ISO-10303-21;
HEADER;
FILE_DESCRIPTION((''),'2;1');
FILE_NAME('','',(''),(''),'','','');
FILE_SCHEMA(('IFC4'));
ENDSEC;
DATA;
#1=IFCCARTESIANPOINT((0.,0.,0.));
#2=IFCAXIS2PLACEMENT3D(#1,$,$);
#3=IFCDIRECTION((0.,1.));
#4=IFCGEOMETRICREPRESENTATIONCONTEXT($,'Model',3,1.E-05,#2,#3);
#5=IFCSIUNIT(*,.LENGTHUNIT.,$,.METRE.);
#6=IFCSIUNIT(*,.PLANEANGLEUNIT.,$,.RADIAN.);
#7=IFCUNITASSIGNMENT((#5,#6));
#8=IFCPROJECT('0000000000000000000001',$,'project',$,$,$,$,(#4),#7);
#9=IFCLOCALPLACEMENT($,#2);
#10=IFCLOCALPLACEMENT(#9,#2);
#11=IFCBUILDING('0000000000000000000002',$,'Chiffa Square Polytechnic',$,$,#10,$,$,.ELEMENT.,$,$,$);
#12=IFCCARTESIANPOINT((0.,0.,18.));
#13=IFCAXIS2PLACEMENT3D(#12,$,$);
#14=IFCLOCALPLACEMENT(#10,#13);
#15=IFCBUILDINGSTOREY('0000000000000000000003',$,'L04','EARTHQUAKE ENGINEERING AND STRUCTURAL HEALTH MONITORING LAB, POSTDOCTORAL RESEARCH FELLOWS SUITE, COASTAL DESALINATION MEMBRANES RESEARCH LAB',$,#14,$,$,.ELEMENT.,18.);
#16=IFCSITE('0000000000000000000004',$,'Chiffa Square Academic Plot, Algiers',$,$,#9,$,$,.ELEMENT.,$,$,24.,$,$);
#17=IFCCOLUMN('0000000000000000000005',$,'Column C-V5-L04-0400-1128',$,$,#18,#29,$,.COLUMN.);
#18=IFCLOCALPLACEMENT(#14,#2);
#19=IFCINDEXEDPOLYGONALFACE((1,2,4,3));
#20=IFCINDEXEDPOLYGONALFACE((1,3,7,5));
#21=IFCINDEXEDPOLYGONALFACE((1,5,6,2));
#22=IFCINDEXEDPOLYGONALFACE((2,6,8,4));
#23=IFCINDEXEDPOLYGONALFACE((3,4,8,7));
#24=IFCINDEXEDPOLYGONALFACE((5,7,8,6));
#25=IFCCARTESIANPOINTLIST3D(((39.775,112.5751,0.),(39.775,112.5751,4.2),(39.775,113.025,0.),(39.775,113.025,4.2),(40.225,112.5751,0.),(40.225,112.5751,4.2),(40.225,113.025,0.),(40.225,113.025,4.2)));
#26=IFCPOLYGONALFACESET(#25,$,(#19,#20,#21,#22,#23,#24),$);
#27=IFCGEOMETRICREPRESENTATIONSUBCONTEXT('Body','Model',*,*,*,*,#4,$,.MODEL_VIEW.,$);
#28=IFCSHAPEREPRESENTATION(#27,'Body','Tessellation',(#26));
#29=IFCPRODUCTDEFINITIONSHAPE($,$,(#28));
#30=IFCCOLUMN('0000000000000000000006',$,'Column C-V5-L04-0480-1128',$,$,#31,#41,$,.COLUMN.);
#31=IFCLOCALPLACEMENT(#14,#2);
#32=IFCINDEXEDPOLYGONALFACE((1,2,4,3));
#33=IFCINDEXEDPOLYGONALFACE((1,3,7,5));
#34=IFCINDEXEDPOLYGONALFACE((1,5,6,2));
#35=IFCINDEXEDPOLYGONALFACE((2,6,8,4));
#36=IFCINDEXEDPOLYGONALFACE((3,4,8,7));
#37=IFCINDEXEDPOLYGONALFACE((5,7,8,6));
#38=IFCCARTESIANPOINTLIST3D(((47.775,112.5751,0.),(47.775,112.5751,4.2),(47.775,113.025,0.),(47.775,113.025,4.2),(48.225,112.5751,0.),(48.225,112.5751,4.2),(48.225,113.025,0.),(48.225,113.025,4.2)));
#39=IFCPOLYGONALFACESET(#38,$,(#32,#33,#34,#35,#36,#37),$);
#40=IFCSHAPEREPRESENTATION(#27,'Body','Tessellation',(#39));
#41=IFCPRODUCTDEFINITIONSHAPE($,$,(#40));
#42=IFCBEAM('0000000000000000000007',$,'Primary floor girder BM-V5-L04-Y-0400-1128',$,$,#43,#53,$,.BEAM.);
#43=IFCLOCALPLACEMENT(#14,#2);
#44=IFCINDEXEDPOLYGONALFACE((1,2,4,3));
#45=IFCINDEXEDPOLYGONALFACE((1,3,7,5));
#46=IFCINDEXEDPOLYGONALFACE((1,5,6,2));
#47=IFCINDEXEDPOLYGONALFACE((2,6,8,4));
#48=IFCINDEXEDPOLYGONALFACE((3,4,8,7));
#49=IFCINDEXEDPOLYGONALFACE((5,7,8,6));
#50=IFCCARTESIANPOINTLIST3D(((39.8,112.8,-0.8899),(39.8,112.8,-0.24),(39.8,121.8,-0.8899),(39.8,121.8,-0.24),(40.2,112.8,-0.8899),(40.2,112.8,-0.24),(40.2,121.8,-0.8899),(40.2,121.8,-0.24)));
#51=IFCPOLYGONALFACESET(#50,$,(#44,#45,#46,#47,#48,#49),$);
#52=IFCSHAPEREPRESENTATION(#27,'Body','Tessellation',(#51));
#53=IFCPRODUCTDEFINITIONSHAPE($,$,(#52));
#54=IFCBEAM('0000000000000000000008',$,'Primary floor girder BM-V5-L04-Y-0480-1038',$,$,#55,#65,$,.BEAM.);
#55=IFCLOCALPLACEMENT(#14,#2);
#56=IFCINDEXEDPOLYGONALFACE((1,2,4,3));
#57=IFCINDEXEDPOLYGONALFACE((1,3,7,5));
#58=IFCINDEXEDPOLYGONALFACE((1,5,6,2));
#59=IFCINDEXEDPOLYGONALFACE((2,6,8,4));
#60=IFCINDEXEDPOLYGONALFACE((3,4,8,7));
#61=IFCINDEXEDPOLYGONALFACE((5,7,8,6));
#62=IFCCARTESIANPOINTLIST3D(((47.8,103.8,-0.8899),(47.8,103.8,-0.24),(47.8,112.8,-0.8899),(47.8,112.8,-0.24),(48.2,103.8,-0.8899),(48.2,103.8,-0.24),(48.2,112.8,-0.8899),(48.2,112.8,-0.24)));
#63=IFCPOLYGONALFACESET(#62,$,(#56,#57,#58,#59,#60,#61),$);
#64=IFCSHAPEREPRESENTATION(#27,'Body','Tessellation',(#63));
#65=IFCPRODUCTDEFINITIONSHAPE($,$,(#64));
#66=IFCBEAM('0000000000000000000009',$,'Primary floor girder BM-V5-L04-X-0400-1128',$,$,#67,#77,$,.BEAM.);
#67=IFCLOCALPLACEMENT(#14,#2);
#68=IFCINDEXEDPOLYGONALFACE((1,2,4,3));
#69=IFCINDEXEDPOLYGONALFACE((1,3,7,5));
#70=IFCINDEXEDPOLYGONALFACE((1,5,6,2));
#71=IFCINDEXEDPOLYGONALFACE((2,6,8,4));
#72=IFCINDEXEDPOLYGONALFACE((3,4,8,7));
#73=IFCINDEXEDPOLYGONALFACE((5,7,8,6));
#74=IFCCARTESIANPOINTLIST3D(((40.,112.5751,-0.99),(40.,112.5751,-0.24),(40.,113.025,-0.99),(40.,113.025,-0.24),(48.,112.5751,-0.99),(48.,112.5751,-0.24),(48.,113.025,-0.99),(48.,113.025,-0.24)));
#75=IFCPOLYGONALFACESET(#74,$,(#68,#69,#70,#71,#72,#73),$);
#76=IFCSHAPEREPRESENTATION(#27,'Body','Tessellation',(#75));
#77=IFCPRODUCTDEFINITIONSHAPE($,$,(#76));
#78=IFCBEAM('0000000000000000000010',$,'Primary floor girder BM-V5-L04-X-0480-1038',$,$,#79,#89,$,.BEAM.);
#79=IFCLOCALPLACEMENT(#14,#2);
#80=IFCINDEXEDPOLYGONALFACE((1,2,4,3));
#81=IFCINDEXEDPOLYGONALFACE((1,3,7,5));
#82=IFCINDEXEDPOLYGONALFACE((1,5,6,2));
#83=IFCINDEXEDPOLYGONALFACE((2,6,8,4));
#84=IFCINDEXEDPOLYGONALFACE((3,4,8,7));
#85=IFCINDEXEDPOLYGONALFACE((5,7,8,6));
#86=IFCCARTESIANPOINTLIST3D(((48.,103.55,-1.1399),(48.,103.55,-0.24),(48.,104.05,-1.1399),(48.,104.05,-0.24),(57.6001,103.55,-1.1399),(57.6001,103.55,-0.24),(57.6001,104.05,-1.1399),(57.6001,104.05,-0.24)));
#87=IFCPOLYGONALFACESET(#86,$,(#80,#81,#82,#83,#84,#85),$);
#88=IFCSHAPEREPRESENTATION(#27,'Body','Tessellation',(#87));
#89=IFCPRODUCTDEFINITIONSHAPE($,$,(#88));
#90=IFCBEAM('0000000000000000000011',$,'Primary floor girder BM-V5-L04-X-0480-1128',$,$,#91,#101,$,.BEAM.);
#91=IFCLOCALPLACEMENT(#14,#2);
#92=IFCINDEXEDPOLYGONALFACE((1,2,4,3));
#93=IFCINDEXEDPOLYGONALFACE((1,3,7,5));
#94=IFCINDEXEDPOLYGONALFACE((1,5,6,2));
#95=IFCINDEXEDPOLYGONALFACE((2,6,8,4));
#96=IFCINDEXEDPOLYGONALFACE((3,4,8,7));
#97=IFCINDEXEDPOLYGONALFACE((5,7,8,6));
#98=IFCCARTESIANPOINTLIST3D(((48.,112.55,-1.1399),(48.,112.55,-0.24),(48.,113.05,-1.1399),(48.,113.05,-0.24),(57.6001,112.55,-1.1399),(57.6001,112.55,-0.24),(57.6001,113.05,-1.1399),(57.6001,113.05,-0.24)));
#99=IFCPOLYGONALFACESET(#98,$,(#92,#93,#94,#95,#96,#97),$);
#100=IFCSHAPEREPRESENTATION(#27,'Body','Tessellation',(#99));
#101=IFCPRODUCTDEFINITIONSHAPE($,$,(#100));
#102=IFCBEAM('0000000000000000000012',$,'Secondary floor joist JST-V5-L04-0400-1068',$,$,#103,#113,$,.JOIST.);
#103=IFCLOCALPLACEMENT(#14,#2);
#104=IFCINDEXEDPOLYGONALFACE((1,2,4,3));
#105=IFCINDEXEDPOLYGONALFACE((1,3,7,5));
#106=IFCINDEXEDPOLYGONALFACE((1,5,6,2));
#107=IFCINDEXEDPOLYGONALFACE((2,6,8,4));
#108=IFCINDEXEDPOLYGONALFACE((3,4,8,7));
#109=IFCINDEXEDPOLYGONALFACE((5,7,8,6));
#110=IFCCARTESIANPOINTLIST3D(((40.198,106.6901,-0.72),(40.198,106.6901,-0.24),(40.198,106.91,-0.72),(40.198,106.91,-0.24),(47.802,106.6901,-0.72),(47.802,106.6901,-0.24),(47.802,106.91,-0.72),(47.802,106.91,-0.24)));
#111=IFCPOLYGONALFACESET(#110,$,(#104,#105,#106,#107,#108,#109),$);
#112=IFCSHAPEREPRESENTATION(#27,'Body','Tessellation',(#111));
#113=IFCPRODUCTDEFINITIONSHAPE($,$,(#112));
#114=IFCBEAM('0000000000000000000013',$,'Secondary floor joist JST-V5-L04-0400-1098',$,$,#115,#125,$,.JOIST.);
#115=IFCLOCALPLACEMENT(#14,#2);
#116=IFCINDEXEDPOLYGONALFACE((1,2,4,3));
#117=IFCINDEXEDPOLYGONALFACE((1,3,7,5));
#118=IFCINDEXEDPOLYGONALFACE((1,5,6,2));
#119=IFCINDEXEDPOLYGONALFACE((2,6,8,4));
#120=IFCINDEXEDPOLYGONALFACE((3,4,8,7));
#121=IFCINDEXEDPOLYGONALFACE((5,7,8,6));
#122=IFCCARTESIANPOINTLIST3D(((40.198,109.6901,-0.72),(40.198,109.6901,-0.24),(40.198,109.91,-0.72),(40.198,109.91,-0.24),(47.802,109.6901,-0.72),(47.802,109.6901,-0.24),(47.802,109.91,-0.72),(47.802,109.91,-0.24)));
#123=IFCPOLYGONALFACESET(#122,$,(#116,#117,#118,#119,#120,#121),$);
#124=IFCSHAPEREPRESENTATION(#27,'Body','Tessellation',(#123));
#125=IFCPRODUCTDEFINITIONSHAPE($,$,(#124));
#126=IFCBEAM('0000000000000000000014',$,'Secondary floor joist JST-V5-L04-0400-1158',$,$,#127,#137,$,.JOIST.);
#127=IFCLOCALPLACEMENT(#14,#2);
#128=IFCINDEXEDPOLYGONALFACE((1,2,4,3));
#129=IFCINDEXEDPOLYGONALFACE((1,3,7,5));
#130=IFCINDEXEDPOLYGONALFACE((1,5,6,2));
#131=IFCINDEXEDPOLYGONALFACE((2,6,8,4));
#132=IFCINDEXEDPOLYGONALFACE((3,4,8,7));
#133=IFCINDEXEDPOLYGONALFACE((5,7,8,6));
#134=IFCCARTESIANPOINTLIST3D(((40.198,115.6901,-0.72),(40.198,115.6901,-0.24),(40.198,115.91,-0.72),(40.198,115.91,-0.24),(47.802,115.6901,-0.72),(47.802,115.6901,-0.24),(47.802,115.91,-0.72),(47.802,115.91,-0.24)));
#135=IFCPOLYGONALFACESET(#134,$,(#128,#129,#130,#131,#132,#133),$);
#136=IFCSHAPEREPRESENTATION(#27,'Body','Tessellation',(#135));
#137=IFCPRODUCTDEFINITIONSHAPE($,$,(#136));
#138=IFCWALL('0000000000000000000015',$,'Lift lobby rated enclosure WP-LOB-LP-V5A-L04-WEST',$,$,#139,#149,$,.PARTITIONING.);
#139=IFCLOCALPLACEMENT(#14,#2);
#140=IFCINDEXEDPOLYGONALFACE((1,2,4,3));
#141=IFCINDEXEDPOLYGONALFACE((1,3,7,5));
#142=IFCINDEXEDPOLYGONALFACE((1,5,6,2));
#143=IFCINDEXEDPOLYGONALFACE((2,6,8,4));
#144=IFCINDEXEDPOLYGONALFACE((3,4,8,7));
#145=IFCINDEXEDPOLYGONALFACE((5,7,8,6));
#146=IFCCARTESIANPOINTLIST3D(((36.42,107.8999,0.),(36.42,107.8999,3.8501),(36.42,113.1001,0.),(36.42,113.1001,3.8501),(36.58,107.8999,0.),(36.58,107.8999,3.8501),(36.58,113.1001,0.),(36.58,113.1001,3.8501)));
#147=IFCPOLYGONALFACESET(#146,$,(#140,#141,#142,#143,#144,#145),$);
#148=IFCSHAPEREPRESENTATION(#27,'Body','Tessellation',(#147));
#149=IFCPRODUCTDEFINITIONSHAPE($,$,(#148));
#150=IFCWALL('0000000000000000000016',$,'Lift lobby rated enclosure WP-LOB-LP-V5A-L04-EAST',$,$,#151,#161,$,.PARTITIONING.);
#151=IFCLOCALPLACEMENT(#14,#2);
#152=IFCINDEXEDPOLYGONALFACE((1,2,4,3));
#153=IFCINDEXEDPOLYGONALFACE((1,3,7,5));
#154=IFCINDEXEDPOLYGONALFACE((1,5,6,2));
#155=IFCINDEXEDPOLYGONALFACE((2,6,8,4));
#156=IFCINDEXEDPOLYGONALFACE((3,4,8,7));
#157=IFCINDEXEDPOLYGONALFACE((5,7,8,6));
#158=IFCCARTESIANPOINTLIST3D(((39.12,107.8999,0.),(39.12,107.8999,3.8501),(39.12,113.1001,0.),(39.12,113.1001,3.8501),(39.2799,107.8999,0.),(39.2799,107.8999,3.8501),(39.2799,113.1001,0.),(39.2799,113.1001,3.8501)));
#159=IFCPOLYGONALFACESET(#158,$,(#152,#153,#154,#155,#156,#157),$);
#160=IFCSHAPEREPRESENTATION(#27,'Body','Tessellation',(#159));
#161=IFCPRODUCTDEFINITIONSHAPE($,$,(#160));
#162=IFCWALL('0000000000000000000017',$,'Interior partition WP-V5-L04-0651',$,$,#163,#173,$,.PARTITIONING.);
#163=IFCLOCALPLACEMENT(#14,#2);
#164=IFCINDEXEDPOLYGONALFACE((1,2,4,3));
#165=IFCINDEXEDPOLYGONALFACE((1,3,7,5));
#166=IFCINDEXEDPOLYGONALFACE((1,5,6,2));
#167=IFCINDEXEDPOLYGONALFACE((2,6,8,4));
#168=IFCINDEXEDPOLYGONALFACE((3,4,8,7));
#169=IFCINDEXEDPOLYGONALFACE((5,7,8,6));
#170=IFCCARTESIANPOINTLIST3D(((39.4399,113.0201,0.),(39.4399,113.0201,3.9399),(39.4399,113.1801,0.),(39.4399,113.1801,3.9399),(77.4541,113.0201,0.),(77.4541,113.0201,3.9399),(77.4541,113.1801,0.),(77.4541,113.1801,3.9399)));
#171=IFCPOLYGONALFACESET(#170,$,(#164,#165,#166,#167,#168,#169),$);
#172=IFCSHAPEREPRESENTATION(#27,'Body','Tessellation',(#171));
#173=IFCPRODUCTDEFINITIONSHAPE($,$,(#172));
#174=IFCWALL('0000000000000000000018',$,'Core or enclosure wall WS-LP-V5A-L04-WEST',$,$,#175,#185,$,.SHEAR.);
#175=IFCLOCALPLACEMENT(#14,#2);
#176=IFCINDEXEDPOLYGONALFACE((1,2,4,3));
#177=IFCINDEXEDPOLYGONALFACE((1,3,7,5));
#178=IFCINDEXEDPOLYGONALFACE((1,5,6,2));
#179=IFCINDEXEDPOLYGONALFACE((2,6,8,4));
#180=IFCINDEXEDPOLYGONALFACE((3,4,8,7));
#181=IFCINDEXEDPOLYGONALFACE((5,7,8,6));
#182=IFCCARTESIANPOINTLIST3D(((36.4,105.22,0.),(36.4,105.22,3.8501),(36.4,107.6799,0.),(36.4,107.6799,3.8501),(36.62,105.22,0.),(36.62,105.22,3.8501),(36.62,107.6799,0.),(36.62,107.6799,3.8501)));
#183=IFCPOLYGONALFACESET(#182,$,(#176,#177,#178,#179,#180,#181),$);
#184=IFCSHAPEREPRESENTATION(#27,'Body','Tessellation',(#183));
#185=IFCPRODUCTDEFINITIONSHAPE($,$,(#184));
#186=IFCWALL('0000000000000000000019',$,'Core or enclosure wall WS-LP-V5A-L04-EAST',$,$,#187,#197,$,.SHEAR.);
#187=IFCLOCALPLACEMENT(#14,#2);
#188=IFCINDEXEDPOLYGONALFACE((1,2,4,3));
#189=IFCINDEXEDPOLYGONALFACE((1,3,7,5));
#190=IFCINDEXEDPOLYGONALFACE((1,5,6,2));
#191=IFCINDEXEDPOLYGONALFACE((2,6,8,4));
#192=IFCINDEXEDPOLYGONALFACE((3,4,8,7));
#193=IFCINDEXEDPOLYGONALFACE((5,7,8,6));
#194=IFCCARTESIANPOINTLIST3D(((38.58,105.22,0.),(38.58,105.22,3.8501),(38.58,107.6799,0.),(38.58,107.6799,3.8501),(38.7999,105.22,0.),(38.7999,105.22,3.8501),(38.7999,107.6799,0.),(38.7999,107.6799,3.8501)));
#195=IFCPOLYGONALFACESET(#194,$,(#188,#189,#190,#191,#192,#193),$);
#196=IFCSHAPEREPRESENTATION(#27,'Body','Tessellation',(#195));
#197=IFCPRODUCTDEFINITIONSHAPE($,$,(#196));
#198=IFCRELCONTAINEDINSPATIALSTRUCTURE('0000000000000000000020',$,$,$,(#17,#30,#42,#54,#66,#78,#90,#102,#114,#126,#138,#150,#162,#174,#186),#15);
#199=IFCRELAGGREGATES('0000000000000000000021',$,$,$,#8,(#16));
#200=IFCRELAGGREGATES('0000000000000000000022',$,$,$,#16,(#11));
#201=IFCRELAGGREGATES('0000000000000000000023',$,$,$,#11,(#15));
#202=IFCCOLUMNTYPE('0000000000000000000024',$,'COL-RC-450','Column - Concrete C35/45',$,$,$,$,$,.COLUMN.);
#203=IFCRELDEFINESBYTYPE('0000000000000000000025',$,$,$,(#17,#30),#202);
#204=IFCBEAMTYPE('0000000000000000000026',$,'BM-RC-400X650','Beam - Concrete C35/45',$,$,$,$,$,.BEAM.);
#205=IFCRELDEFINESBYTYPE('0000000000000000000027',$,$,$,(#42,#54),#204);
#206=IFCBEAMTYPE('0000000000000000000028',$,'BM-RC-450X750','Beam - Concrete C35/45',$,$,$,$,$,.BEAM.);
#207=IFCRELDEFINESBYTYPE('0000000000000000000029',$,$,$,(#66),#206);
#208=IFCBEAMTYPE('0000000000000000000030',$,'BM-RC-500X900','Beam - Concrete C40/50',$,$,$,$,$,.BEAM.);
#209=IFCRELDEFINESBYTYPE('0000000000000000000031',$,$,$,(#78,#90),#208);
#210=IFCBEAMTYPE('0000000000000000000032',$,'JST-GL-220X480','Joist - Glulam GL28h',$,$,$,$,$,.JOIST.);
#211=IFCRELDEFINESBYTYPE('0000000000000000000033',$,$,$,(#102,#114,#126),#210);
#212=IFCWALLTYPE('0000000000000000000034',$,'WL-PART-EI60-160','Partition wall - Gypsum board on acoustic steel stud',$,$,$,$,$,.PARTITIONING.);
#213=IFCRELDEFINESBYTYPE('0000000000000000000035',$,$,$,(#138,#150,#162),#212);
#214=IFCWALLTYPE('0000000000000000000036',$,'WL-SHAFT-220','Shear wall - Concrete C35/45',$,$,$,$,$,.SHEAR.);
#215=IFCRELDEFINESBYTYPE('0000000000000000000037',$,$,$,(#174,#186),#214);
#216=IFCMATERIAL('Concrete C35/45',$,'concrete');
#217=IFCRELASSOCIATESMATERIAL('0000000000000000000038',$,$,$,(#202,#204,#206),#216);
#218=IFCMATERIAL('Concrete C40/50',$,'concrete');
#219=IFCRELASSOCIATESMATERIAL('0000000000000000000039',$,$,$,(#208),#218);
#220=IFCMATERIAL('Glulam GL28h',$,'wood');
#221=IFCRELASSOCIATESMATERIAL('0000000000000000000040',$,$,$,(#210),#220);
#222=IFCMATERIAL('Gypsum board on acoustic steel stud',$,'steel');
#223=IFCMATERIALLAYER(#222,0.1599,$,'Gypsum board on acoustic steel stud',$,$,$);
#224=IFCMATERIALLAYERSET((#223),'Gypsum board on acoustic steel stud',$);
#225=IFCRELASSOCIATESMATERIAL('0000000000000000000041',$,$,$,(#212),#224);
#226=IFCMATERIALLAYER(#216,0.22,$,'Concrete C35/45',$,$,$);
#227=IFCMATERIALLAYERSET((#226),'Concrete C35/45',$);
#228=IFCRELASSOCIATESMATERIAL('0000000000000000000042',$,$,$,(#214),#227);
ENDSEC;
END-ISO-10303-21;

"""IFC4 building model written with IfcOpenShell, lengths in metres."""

from ifc_helpers import new_model, si_unit, direction, frame, frame_2d, origin, origin_2d, place, context, subcontext, project, spatial, rectangle, extrude, material, layer, layer_set, material_profile, profile_set, type_object, element, save


model = new_model("IFC4")

# Units and contexts
model_context = context("Model", 3, precision=1e-05, world=origin(), true_north=direction((0.0, 1.0)))
body_context = subcontext(model_context, "Body", "Model", "MODEL_VIEW")
ifc_project = project(units=[si_unit("LENGTHUNIT", "METRE"), si_unit("PLANEANGLEUNIT", "RADIAN")], contexts=[model_context])

# Site, building, storey
site_placement = place(None, origin())
site = spatial("IfcSite", under=ifc_project, at=site_placement, Name="Chiffa Square Academic Plot, Algiers", CompositionType="ELEMENT", RefElevation=24.0)
building_placement = place(site_placement, origin())
building = spatial("IfcBuilding", under=site, at=building_placement, Name="Chiffa Square Polytechnic", CompositionType="ELEMENT")
storey_placement = place(building_placement, frame((0.0, 0.0, 18.0)))
storey = spatial("IfcBuildingStorey", under=building, at=storey_placement, Name="L04", Description="EARTHQUAKE ENGINEERING AND STRUCTURAL HEALTH MONITORING LAB, POSTDOCTORAL RESEARCH FELLOWS SUITE, COASTAL DESALINATION MEMBRANES RESEARCH LAB", CompositionType="ELEMENT", Elevation=18.0)

# Columns
ifc_material_1 = material(Name="Concrete C35/45", Category="concrete")
ifc_material_profile_1 = material_profile(ifc_material_1, rectangle(XDim=0.45, YDim=0.45, at=origin_2d()), Name="RC 450x450")
ifc_profile_set_1 = profile_set([ifc_material_profile_1], Name="Concrete C35/45")
column_type = type_object("IfcColumnType", Name="COL-RC-450", Description="Column - Concrete C35/45", PredefinedType="COLUMN", material=ifc_profile_set_1)
for number, where, z_axis, x_axis, name in (
    (1, (40.0, 112.8, 0.0), (0.0, 0.0, 1.0), (1.0, 0.0, 0.0), "Column C-V5-L04-0400-1128"),
    (2, (48.0, 112.8, 0.0), (0.0, 0.0, 1.0), (1.0, 0.0, 0.0), "Column C-V5-L04-0480-1128"),
):
    element("IfcColumn", number, at=place(storey_placement, frame(where, z_axis=z_axis, x_axis=x_axis)), inside=storey, type_object=column_type, Name=name, PredefinedType="COLUMN", context=body_context, shape_type="SweptSolid", body=[
        extrude(rectangle(XDim=0.45, YDim=0.45, at=origin_2d()), origin(), (0.0, 0.0, 1.0), 4.2),
    ])

# Beams
ifc_material_profile_2 = material_profile(ifc_material_1, rectangle(XDim=0.3999, YDim=0.6499, at=origin_2d()), Name="RC 400x650")
ifc_profile_set_2 = profile_set([ifc_material_profile_2], Name="Concrete C35/45")
beam_type_1 = type_object("IfcBeamType", Name="BM-RC-400X650", Description="Beam - Concrete C35/45", PredefinedType="BEAM", material=ifc_profile_set_2)
for number, where, z_axis, x_axis, name in (
    (3, (40.0, 112.8, -0.5649), (0.0, 1.0, 0.0), (-1.0, 0.0, 0.0), "Primary floor girder BM-V5-L04-Y-0400-1128"),
    (4, (48.0, 103.8, -0.5649), (0.0, 1.0, 0.0), (-1.0, 0.0, 0.0), "Primary floor girder BM-V5-L04-Y-0480-1038"),
):
    element("IfcBeam", number, at=place(storey_placement, frame(where, z_axis=z_axis, x_axis=x_axis)), inside=storey, type_object=beam_type_1, Name=name, PredefinedType="BEAM", context=body_context, shape_type="SweptSolid", body=[
        extrude(rectangle(XDim=0.3999, YDim=0.6499, at=origin_2d()), origin(), (0.0, 0.0, 1.0), 9.0),
    ])
ifc_material_profile_3 = material_profile(ifc_material_1, rectangle(XDim=0.45, YDim=0.75, at=origin_2d()), Name="RC 450x750")
ifc_profile_set_3 = profile_set([ifc_material_profile_3], Name="Concrete C35/45")
beam_type_2 = type_object("IfcBeamType", Name="BM-RC-450X750", Description="Beam - Concrete C35/45", PredefinedType="BEAM", material=ifc_profile_set_3)
beam_placement = place(storey_placement, frame((40.0, 112.8, -0.615), z_axis=(1.0, 0.0, 0.0), x_axis=(0.0, 1.0, 0.0)))
element("IfcBeam", 5, at=beam_placement, inside=storey, type_object=beam_type_2, Name="Primary floor girder BM-V5-L04-X-0400-1128", PredefinedType="BEAM", context=body_context, shape_type="SweptSolid", body=[
    extrude(rectangle(XDim=0.45, YDim=0.75, at=origin_2d()), origin(), (0.0, 0.0, 1.0), 8.0),
])
ifc_material_2 = material(Name="Concrete C40/50", Category="concrete")
ifc_material_profile_4 = material_profile(ifc_material_2, rectangle(XDim=0.5, YDim=0.8999, at=origin_2d()), Name="RC 500x900")
ifc_profile_set_4 = profile_set([ifc_material_profile_4], Name="Concrete C40/50")
beam_type_3 = type_object("IfcBeamType", Name="BM-RC-500X900", Description="Beam - Concrete C40/50", PredefinedType="BEAM", material=ifc_profile_set_4)
for number, where, z_axis, x_axis, name in (
    (6, (48.0, 103.8, -0.6899), (1.0, 0.0, 0.0), (0.0, 1.0, 0.0), "Primary floor girder BM-V5-L04-X-0480-1038"),
    (7, (48.0, 112.8, -0.6899), (1.0, 0.0, 0.0), (0.0, 1.0, 0.0), "Primary floor girder BM-V5-L04-X-0480-1128"),
):
    element("IfcBeam", number, at=place(storey_placement, frame(where, z_axis=z_axis, x_axis=x_axis)), inside=storey, type_object=beam_type_3, Name=name, PredefinedType="BEAM", context=body_context, shape_type="SweptSolid", body=[
        extrude(rectangle(XDim=0.5, YDim=0.8999, at=origin_2d()), origin(), (0.0, 0.0, 1.0), 9.6001),
    ])
ifc_material_3 = material(Name="Glulam GL28h", Category="wood")
ifc_material_profile_5 = material_profile(ifc_material_3, rectangle(XDim=0.22, YDim=0.48, at=origin_2d()), Name="GL28h 220x480")
ifc_profile_set_5 = profile_set([ifc_material_profile_5], Name="Glulam GL28h")
beam_type_4 = type_object("IfcBeamType", Name="JST-GL-220X480", Description="Joist - Glulam GL28h", PredefinedType="JOIST", material=ifc_profile_set_5)
for number, where, z_axis, x_axis, name in (
    (8, (40.198, 106.8, -0.48), (1.0, 0.0, 0.0), (0.0, 1.0, 0.0), "Secondary floor joist JST-V5-L04-0400-1068"),
    (9, (40.198, 109.8, -0.48), (1.0, 0.0, 0.0), (0.0, 1.0, 0.0), "Secondary floor joist JST-V5-L04-0400-1098"),
    (10, (40.198, 115.8, -0.48), (1.0, 0.0, 0.0), (0.0, 1.0, 0.0), "Secondary floor joist JST-V5-L04-0400-1158"),
):
    element("IfcBeam", number, at=place(storey_placement, frame(where, z_axis=z_axis, x_axis=x_axis)), inside=storey, type_object=beam_type_4, Name=name, PredefinedType="JOIST", context=body_context, shape_type="SweptSolid", body=[
        extrude(rectangle(XDim=0.22, YDim=0.48, at=origin_2d()), origin(), (0.0, 0.0, 1.0), 7.604),
    ])

# Shared definitions
ifc_material_4 = material(Name="Gypsum board on acoustic steel stud", Category="steel")
ifc_layer_1 = layer(ifc_material_4, 0.1599, Name="Gypsum board on acoustic steel stud")
ifc_layer_set_1 = layer_set([ifc_layer_1], Name="Gypsum board on acoustic steel stud")
wall_type_1 = type_object("IfcWallType", Name="WL-PART-EI60-160", Description="Partition wall - Gypsum board on acoustic steel stud", PredefinedType="PARTITIONING", material=ifc_layer_set_1)

# Walls
for number, where, z_axis, x_axis, name in (
    (11, (36.5, 107.8999, 0.0), (0.0, 0.0, 1.0), (0.0, 1.0, 0.0), "Lift lobby rated enclosure WP-LOB-LP-V5A-L04-WEST"),
    (12, (39.2, 107.8999, 0.0), (0.0, 0.0, 1.0), (0.0, 1.0, 0.0), "Lift lobby rated enclosure WP-LOB-LP-V5A-L04-EAST"),
):
    element("IfcWall", number, at=place(storey_placement, frame(where, z_axis=z_axis, x_axis=x_axis)), inside=storey, type_object=wall_type_1, Name=name, PredefinedType="PARTITIONING", context=body_context, shape_type="SweptSolid", body=[
        extrude(rectangle(XDim=5.2002, YDim=0.1599, at=frame_2d((2.6001, 0.0))), origin(), (0.0, 0.0, 1.0), 3.8501),
    ])
wall_1_placement = place(storey_placement, frame((39.4399, 113.1001, 0.0), z_axis=(0.0, 0.0, 1.0), x_axis=(1.0, 0.0, 0.0)))
element("IfcWall", 13, at=wall_1_placement, inside=storey, type_object=wall_type_1, Name="Interior partition WP-V5-L04-0651", PredefinedType="PARTITIONING", context=body_context, shape_type="SweptSolid", body=[
    extrude(rectangle(XDim=38.0142, YDim=0.1599, at=frame_2d((19.0071, 0.0))), origin(), (0.0, 0.0, 1.0), 3.9399),
])

# Shared definitions
ifc_layer_2 = layer(ifc_material_1, 0.22, Name="Concrete C35/45")
ifc_layer_set_2 = layer_set([ifc_layer_2], Name="Concrete C35/45")
wall_type_2 = type_object("IfcWallType", Name="WL-SHAFT-220", Description="Shear wall - Concrete C35/45", PredefinedType="SHEAR", material=ifc_layer_set_2)

# Walls
for number, where, z_axis, x_axis, name in (
    (14, (36.51, 105.22, 0.0), (0.0, 0.0, 1.0), (0.0, 1.0, 0.0), "Core or enclosure wall WS-LP-V5A-L04-WEST"),
    (15, (38.6899, 105.22, 0.0), (0.0, 0.0, 1.0), (0.0, 1.0, 0.0), "Core or enclosure wall WS-LP-V5A-L04-EAST"),
):
    element("IfcWall", number, at=place(storey_placement, frame(where, z_axis=z_axis, x_axis=x_axis)), inside=storey, type_object=wall_type_2, Name=name, PredefinedType="SHEAR", context=body_context, shape_type="SweptSolid", body=[
        extrude(rectangle(XDim=2.46, YDim=0.22, at=frame_2d((1.23, 0.0))), origin(), (0.0, 0.0, 1.0), 3.8501),
    ])

save(model, "model.ifc")
